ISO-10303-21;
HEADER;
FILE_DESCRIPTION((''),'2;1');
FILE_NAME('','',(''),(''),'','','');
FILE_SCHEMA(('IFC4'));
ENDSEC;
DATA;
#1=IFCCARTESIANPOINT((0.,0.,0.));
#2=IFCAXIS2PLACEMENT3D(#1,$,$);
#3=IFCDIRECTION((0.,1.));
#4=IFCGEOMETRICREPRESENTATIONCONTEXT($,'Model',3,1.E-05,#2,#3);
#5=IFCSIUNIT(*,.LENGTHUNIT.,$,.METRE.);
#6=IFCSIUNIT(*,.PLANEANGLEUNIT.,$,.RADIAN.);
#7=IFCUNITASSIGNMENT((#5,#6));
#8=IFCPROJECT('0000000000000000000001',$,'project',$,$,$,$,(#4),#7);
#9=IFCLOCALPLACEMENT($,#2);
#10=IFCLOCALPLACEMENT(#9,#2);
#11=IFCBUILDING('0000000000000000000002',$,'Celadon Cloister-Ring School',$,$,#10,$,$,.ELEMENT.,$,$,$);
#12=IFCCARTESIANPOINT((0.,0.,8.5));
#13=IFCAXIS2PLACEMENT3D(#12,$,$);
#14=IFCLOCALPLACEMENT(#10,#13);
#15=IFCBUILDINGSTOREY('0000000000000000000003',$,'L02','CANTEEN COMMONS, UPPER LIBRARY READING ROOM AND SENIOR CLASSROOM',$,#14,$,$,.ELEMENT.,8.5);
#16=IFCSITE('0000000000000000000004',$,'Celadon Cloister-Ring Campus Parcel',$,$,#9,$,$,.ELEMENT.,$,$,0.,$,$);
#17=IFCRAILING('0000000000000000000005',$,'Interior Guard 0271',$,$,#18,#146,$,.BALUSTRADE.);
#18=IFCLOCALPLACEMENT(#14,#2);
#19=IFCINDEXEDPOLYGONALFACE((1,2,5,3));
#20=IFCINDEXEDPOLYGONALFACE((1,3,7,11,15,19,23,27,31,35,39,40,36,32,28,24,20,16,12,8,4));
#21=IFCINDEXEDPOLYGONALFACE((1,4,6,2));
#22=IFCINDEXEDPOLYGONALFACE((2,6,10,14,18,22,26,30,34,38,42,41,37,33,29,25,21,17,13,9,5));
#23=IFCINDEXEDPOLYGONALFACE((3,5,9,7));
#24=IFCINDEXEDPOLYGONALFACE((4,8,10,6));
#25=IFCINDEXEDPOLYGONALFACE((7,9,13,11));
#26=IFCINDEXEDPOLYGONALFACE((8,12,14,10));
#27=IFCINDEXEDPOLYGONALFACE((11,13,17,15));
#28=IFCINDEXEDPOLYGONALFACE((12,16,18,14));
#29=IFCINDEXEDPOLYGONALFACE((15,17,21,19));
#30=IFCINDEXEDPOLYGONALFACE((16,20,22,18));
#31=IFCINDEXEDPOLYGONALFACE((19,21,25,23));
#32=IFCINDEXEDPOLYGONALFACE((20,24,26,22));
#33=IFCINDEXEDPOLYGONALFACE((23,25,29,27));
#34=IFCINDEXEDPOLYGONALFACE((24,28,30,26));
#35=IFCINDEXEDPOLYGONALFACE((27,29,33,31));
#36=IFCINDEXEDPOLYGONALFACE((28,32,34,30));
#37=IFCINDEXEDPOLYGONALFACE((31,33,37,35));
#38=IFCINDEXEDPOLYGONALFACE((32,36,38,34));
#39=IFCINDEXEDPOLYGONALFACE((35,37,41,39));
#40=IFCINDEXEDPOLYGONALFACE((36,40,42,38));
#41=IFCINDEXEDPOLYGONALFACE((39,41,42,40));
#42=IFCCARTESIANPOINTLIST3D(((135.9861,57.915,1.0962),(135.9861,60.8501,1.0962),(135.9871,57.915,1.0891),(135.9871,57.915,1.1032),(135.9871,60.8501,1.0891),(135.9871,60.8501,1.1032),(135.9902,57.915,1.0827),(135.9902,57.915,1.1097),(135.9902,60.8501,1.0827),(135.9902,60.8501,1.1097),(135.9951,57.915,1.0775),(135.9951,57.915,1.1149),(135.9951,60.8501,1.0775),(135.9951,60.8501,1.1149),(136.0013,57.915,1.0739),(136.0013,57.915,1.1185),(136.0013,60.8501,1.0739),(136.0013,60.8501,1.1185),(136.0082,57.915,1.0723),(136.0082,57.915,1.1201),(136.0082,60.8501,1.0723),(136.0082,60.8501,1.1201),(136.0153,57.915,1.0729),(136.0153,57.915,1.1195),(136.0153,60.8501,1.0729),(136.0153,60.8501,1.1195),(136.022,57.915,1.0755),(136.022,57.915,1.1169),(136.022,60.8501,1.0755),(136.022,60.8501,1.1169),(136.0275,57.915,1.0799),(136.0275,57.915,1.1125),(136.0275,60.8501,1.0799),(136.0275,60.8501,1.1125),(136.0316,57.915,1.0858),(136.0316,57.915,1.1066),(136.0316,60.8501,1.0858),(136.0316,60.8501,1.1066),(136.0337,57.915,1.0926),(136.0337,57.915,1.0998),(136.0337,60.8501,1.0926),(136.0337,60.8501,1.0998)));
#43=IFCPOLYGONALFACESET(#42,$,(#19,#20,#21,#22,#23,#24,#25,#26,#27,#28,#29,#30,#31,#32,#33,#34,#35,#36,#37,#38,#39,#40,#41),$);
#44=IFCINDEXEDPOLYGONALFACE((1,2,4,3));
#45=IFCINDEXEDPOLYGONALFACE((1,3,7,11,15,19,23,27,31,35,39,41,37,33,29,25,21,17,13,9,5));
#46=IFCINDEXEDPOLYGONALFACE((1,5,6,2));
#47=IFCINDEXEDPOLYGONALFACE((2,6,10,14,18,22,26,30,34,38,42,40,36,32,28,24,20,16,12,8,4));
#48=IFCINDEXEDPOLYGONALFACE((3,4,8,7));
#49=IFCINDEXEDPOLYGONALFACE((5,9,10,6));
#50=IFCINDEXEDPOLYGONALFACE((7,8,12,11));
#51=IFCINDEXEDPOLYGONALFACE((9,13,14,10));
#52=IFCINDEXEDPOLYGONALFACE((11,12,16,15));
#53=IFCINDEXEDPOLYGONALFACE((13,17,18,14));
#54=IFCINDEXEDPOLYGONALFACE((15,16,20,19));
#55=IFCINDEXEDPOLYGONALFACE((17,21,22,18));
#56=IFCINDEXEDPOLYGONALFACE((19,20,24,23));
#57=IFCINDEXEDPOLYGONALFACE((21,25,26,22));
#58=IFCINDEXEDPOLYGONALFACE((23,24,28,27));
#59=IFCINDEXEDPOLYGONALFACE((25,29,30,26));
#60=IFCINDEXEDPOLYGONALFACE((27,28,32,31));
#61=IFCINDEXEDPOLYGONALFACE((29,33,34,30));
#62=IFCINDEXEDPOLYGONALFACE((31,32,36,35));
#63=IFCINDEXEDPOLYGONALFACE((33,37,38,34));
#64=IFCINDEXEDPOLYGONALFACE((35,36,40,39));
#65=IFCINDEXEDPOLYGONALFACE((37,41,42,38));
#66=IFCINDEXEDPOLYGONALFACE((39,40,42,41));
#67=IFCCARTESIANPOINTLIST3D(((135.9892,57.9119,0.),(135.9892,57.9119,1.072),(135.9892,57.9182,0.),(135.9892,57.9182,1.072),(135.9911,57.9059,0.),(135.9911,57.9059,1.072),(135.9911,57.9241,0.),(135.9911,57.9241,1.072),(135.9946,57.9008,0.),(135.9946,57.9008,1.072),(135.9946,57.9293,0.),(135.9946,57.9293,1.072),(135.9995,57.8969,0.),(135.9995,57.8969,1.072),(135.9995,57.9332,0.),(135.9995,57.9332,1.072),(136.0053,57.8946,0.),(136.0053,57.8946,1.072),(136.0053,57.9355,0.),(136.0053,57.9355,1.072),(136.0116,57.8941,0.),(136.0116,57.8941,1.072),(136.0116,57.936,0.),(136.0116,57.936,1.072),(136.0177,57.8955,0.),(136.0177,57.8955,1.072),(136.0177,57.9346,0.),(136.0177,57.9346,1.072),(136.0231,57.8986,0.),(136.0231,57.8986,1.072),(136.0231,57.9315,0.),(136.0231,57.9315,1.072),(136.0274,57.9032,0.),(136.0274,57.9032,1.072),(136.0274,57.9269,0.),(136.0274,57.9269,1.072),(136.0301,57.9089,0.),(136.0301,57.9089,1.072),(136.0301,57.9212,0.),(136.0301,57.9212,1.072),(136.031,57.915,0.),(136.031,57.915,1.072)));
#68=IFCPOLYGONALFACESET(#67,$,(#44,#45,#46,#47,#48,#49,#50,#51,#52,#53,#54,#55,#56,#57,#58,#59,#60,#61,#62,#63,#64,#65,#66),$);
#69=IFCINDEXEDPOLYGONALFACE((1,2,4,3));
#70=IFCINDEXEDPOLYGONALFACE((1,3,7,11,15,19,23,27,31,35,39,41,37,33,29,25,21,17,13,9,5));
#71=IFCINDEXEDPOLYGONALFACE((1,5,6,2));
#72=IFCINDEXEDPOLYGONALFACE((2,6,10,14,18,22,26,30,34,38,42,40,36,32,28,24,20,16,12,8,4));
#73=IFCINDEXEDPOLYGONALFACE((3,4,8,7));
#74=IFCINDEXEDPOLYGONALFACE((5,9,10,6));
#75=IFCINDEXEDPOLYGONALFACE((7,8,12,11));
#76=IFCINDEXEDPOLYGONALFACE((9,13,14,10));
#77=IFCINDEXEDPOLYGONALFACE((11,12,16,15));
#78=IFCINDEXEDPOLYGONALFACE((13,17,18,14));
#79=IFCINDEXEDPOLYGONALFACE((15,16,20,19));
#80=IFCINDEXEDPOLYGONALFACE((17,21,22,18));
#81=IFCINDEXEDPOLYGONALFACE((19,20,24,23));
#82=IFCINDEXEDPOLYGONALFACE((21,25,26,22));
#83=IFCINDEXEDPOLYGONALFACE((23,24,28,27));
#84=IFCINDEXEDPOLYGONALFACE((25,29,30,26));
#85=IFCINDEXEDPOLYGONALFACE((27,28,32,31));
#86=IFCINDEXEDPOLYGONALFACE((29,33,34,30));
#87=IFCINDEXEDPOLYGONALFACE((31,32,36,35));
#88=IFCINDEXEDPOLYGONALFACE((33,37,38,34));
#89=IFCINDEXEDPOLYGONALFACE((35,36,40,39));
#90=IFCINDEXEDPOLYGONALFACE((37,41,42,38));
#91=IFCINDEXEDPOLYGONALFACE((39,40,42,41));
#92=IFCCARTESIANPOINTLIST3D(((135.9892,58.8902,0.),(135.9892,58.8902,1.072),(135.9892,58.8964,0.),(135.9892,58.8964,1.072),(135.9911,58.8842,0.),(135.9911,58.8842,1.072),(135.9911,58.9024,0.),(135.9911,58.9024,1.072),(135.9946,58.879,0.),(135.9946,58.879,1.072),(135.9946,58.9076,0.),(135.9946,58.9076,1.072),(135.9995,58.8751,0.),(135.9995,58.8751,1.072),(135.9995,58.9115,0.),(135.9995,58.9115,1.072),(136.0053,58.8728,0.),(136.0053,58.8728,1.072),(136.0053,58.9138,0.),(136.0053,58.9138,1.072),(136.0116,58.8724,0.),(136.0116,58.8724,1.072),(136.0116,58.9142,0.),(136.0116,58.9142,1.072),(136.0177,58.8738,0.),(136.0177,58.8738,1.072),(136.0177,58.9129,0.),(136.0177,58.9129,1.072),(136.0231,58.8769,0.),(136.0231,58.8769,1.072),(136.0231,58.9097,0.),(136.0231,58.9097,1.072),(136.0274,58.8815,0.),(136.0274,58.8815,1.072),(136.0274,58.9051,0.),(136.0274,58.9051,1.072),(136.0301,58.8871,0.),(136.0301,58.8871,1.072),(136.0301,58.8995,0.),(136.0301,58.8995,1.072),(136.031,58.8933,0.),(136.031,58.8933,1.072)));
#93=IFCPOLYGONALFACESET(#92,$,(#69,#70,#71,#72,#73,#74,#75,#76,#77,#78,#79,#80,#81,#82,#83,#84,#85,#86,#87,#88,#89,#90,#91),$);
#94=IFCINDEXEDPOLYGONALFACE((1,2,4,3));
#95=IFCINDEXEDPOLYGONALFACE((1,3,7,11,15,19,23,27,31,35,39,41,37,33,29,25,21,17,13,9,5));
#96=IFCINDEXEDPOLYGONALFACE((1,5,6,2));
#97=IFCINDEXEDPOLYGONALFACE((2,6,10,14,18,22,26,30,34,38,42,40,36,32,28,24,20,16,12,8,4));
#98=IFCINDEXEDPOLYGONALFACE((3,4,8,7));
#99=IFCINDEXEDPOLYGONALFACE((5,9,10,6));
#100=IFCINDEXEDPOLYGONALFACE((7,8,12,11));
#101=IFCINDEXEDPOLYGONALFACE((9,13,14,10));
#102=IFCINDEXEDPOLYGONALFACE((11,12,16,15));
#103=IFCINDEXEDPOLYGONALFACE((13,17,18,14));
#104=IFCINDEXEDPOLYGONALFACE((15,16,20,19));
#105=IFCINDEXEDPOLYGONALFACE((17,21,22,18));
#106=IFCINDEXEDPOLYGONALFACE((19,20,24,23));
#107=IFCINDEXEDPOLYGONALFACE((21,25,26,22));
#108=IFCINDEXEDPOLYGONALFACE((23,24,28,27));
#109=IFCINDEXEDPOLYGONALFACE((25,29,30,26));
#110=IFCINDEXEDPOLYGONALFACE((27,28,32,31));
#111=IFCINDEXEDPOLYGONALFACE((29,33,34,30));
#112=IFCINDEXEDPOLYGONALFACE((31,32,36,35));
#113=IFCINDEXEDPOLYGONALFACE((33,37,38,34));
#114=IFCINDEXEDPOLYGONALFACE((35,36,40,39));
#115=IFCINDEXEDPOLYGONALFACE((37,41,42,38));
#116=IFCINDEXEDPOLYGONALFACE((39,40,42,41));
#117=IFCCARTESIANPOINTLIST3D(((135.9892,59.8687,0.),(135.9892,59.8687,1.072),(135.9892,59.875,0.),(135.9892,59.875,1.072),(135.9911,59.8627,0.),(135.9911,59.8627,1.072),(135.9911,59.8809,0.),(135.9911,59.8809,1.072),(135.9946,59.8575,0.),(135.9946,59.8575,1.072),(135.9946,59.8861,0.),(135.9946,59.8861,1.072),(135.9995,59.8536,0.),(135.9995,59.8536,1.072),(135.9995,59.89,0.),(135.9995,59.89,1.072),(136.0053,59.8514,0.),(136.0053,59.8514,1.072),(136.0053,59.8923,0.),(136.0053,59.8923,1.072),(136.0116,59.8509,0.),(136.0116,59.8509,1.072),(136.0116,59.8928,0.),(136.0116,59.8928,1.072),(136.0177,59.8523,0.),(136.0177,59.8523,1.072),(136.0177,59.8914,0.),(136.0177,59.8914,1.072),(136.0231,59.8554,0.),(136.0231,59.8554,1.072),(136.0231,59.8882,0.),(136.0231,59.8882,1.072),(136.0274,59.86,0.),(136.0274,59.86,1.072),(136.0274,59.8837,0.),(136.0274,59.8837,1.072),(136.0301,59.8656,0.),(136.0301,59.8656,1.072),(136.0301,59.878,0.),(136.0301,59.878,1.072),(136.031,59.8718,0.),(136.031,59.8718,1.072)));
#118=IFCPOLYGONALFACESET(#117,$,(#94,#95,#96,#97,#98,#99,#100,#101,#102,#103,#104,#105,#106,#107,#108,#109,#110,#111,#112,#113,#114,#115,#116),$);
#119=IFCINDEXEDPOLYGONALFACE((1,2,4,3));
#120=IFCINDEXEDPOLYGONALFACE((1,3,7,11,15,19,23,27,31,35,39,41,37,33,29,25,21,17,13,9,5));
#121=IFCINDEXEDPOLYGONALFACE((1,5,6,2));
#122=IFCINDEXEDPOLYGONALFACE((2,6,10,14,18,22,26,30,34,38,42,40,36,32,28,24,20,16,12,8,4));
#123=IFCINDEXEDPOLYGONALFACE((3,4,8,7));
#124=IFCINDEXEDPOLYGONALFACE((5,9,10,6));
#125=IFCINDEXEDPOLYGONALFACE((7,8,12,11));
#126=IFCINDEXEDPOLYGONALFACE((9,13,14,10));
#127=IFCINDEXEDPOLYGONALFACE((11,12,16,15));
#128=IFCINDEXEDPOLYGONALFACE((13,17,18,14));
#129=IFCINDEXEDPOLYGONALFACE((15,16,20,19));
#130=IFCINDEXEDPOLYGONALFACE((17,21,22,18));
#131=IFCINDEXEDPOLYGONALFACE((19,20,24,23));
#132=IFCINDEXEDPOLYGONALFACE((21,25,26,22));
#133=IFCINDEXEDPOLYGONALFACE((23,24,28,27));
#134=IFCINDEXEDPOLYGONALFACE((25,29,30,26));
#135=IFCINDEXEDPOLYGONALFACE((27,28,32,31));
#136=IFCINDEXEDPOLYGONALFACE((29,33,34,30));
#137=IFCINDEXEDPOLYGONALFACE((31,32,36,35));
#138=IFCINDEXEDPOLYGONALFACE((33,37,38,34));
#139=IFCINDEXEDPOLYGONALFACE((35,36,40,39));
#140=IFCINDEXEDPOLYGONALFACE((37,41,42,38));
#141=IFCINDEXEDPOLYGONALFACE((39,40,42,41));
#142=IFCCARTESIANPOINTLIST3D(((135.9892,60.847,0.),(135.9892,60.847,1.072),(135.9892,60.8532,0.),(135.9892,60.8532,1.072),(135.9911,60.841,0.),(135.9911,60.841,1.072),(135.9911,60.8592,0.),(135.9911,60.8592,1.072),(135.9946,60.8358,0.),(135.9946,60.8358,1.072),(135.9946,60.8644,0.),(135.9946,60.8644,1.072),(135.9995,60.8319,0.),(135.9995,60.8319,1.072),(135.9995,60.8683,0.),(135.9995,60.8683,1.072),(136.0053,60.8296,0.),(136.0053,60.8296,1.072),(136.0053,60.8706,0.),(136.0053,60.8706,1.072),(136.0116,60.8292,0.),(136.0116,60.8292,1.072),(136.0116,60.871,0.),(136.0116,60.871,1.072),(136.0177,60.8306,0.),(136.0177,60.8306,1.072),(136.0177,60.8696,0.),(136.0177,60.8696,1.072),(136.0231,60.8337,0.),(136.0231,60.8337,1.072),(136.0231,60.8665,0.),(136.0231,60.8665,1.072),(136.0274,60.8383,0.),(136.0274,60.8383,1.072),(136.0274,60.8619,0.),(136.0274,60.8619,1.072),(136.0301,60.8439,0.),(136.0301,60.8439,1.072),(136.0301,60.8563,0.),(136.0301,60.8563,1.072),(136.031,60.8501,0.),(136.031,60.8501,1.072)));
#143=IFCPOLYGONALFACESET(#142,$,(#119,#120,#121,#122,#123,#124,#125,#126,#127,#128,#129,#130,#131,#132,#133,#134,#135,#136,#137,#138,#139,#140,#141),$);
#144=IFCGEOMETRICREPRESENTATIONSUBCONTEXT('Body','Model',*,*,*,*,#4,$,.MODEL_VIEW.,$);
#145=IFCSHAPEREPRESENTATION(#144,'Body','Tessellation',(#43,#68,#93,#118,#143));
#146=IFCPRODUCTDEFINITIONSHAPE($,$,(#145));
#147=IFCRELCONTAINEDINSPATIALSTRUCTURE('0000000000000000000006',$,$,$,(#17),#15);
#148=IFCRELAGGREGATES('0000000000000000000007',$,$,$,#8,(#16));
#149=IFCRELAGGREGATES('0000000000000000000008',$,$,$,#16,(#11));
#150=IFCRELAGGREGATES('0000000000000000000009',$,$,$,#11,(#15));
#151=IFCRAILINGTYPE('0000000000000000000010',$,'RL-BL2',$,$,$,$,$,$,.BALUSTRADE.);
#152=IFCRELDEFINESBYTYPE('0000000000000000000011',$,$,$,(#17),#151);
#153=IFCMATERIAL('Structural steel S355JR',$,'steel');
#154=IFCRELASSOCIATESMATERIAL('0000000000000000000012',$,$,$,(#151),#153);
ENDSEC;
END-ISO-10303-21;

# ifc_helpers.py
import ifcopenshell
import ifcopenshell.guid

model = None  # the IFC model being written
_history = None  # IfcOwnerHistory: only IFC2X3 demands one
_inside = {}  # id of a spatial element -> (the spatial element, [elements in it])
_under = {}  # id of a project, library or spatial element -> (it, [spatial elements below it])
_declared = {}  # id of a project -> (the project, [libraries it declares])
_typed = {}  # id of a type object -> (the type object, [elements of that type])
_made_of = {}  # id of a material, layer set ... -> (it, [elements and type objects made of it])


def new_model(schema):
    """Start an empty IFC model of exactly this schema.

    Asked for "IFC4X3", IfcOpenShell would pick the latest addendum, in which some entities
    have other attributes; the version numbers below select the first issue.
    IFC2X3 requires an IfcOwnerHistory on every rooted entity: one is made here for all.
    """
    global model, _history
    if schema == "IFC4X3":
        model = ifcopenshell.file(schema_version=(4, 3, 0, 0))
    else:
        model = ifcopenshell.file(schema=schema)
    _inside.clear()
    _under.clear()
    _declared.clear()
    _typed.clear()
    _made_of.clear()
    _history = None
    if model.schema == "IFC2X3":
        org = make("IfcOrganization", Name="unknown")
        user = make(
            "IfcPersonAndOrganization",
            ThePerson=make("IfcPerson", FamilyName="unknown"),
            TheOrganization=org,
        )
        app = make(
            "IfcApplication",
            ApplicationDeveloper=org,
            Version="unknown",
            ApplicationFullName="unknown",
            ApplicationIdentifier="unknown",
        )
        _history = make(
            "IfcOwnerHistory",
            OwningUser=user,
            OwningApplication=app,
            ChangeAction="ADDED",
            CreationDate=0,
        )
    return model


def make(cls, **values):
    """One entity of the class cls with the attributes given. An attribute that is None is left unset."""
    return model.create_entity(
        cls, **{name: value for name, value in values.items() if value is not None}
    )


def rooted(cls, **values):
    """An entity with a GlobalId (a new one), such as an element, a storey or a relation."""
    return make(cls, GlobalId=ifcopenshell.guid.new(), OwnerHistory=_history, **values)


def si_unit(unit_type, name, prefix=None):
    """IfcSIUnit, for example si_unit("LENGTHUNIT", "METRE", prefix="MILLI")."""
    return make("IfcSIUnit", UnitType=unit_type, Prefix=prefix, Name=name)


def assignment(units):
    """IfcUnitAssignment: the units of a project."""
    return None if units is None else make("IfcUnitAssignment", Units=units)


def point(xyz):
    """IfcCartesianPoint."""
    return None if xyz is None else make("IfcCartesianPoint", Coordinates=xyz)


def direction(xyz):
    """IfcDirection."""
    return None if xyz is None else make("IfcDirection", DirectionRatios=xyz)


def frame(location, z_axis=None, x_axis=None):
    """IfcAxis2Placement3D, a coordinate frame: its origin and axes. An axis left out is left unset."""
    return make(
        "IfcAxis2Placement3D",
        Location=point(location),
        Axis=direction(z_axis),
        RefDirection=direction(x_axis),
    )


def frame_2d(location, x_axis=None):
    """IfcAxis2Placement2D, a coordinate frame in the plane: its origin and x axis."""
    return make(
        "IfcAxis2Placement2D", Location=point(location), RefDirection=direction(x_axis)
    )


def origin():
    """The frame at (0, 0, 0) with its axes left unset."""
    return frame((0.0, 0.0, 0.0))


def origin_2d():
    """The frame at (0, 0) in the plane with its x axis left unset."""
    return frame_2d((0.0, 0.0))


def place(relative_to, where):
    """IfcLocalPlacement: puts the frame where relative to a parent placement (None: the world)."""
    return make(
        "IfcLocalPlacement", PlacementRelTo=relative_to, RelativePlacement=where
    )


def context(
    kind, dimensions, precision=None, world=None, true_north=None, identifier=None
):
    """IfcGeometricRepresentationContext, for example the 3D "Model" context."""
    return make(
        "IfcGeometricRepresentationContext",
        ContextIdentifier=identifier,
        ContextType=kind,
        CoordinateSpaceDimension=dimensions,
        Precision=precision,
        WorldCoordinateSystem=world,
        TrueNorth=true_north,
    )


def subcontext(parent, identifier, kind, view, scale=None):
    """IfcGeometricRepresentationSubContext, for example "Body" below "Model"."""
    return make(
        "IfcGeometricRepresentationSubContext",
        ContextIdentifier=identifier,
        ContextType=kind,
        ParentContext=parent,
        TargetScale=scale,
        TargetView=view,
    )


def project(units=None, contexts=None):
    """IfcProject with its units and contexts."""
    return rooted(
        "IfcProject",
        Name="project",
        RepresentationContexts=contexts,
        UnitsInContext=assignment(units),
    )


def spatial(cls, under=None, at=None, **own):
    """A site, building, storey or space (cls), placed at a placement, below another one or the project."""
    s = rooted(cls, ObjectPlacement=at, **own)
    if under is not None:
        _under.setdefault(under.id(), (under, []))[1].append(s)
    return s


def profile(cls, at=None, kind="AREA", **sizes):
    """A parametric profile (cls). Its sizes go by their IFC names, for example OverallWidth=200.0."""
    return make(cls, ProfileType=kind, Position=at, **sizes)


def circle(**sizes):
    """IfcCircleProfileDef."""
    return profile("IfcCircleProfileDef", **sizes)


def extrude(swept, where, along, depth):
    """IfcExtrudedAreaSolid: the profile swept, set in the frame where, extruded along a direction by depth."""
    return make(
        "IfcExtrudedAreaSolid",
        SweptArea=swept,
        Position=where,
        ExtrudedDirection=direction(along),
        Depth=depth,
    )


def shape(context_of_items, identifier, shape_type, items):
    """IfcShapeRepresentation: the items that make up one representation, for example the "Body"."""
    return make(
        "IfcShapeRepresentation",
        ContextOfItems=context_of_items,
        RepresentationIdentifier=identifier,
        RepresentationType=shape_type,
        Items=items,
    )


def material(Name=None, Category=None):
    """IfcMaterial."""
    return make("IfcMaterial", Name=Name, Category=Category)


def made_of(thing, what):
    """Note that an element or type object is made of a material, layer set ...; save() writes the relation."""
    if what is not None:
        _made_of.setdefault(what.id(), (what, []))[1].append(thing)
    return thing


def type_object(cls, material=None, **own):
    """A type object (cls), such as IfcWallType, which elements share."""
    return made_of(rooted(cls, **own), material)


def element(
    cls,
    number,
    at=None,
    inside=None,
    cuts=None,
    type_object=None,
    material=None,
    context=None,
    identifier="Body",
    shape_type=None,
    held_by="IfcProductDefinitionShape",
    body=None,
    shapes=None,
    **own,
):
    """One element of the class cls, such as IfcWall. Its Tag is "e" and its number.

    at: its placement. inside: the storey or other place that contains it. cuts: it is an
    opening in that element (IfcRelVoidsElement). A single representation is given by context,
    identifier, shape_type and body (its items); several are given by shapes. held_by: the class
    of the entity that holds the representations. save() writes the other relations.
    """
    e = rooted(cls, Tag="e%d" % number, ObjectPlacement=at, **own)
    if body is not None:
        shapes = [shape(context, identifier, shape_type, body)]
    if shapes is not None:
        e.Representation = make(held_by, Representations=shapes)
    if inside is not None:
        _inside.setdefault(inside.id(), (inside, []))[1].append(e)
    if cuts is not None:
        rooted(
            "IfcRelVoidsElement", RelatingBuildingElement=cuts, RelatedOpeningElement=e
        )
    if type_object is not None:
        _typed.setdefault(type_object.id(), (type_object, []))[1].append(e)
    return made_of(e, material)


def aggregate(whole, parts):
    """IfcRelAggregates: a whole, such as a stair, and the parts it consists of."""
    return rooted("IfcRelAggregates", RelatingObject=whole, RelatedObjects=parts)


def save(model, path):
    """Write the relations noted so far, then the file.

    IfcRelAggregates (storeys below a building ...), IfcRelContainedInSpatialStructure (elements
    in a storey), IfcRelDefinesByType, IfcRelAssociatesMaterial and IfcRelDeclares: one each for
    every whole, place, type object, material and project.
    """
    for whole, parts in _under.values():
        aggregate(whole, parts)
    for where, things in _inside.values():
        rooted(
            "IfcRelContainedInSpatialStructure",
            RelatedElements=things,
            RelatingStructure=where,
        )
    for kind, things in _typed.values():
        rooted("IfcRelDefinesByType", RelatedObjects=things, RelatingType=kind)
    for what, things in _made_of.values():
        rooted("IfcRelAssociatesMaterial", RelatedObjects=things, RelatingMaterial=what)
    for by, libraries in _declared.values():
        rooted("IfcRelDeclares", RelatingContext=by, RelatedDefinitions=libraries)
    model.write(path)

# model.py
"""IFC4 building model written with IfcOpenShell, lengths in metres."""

from ifc_helpers import new_model, si_unit, direction, frame, origin, origin_2d, place, context, subcontext, project, spatial, circle, extrude, material, type_object, element, save


model = new_model("IFC4")

# Units and contexts
model_context = context("Model", 3, precision=1e-05, world=origin(), true_north=direction((0.0, 1.0)))
body_context = subcontext(model_context, "Body", "Model", "MODEL_VIEW")
ifc_project = project(units=[si_unit("LENGTHUNIT", "METRE"), si_unit("PLANEANGLEUNIT", "RADIAN")], contexts=[model_context])

# Site, building, storey
site_placement = place(None, origin())
site = spatial("IfcSite", under=ifc_project, at=site_placement, Name="Celadon Cloister-Ring Campus Parcel", CompositionType="ELEMENT", RefElevation=0.0)
building_placement = place(site_placement, origin())
building = spatial("IfcBuilding", under=site, at=building_placement, Name="Celadon Cloister-Ring School", CompositionType="ELEMENT")
storey_placement = place(building_placement, frame((0.0, 0.0, 8.5)))
storey = spatial("IfcBuildingStorey", under=building, at=storey_placement, Name="L02", Description="CANTEEN COMMONS, UPPER LIBRARY READING ROOM AND SENIOR CLASSROOM", CompositionType="ELEMENT", Elevation=8.5)

# Railing
ifc_material_1 = material(Name="Structural steel S355JR", Category="steel")
railing_type_1 = type_object("IfcRailingType", Name="RL-BL2", PredefinedType="BALUSTRADE", material=ifc_material_1)
railing_1_placement = place(storey_placement, frame((136.01, 57.915, 0.0)))
element("IfcRailing", 1, at=railing_1_placement, inside=storey, type_object=railing_type_1, Name="Interior Guard 0271", PredefinedType="BALUSTRADE", context=body_context, shape_type="SweptSolid", body=[
    extrude(circle(Radius=0.0239, at=origin_2d()), frame((0.0, 0.0, 1.0962), z_axis=(0.0, 1.0, 0.0), x_axis=(-1.0, 0.0, 0.0)), (0.0, 0.0, 1.0), 2.9351),
    extrude(circle(Radius=0.021, at=origin_2d()), origin(), (0.0, 0.0, 1.0), 1.072),
    extrude(circle(Radius=0.021, at=origin_2d()), frame((0.0, 0.9783, 0.0)), (0.0, 0.0, 1.0), 1.072),
    extrude(circle(Radius=0.021, at=origin_2d()), frame((0.0, 1.9568, 0.0)), (0.0, 0.0, 1.0), 1.072),
    extrude(circle(Radius=0.021, at=origin_2d()), frame((0.0, 2.9351, 0.0)), (0.0, 0.0, 1.0), 1.072),
])

save(model, "model.ifc")
